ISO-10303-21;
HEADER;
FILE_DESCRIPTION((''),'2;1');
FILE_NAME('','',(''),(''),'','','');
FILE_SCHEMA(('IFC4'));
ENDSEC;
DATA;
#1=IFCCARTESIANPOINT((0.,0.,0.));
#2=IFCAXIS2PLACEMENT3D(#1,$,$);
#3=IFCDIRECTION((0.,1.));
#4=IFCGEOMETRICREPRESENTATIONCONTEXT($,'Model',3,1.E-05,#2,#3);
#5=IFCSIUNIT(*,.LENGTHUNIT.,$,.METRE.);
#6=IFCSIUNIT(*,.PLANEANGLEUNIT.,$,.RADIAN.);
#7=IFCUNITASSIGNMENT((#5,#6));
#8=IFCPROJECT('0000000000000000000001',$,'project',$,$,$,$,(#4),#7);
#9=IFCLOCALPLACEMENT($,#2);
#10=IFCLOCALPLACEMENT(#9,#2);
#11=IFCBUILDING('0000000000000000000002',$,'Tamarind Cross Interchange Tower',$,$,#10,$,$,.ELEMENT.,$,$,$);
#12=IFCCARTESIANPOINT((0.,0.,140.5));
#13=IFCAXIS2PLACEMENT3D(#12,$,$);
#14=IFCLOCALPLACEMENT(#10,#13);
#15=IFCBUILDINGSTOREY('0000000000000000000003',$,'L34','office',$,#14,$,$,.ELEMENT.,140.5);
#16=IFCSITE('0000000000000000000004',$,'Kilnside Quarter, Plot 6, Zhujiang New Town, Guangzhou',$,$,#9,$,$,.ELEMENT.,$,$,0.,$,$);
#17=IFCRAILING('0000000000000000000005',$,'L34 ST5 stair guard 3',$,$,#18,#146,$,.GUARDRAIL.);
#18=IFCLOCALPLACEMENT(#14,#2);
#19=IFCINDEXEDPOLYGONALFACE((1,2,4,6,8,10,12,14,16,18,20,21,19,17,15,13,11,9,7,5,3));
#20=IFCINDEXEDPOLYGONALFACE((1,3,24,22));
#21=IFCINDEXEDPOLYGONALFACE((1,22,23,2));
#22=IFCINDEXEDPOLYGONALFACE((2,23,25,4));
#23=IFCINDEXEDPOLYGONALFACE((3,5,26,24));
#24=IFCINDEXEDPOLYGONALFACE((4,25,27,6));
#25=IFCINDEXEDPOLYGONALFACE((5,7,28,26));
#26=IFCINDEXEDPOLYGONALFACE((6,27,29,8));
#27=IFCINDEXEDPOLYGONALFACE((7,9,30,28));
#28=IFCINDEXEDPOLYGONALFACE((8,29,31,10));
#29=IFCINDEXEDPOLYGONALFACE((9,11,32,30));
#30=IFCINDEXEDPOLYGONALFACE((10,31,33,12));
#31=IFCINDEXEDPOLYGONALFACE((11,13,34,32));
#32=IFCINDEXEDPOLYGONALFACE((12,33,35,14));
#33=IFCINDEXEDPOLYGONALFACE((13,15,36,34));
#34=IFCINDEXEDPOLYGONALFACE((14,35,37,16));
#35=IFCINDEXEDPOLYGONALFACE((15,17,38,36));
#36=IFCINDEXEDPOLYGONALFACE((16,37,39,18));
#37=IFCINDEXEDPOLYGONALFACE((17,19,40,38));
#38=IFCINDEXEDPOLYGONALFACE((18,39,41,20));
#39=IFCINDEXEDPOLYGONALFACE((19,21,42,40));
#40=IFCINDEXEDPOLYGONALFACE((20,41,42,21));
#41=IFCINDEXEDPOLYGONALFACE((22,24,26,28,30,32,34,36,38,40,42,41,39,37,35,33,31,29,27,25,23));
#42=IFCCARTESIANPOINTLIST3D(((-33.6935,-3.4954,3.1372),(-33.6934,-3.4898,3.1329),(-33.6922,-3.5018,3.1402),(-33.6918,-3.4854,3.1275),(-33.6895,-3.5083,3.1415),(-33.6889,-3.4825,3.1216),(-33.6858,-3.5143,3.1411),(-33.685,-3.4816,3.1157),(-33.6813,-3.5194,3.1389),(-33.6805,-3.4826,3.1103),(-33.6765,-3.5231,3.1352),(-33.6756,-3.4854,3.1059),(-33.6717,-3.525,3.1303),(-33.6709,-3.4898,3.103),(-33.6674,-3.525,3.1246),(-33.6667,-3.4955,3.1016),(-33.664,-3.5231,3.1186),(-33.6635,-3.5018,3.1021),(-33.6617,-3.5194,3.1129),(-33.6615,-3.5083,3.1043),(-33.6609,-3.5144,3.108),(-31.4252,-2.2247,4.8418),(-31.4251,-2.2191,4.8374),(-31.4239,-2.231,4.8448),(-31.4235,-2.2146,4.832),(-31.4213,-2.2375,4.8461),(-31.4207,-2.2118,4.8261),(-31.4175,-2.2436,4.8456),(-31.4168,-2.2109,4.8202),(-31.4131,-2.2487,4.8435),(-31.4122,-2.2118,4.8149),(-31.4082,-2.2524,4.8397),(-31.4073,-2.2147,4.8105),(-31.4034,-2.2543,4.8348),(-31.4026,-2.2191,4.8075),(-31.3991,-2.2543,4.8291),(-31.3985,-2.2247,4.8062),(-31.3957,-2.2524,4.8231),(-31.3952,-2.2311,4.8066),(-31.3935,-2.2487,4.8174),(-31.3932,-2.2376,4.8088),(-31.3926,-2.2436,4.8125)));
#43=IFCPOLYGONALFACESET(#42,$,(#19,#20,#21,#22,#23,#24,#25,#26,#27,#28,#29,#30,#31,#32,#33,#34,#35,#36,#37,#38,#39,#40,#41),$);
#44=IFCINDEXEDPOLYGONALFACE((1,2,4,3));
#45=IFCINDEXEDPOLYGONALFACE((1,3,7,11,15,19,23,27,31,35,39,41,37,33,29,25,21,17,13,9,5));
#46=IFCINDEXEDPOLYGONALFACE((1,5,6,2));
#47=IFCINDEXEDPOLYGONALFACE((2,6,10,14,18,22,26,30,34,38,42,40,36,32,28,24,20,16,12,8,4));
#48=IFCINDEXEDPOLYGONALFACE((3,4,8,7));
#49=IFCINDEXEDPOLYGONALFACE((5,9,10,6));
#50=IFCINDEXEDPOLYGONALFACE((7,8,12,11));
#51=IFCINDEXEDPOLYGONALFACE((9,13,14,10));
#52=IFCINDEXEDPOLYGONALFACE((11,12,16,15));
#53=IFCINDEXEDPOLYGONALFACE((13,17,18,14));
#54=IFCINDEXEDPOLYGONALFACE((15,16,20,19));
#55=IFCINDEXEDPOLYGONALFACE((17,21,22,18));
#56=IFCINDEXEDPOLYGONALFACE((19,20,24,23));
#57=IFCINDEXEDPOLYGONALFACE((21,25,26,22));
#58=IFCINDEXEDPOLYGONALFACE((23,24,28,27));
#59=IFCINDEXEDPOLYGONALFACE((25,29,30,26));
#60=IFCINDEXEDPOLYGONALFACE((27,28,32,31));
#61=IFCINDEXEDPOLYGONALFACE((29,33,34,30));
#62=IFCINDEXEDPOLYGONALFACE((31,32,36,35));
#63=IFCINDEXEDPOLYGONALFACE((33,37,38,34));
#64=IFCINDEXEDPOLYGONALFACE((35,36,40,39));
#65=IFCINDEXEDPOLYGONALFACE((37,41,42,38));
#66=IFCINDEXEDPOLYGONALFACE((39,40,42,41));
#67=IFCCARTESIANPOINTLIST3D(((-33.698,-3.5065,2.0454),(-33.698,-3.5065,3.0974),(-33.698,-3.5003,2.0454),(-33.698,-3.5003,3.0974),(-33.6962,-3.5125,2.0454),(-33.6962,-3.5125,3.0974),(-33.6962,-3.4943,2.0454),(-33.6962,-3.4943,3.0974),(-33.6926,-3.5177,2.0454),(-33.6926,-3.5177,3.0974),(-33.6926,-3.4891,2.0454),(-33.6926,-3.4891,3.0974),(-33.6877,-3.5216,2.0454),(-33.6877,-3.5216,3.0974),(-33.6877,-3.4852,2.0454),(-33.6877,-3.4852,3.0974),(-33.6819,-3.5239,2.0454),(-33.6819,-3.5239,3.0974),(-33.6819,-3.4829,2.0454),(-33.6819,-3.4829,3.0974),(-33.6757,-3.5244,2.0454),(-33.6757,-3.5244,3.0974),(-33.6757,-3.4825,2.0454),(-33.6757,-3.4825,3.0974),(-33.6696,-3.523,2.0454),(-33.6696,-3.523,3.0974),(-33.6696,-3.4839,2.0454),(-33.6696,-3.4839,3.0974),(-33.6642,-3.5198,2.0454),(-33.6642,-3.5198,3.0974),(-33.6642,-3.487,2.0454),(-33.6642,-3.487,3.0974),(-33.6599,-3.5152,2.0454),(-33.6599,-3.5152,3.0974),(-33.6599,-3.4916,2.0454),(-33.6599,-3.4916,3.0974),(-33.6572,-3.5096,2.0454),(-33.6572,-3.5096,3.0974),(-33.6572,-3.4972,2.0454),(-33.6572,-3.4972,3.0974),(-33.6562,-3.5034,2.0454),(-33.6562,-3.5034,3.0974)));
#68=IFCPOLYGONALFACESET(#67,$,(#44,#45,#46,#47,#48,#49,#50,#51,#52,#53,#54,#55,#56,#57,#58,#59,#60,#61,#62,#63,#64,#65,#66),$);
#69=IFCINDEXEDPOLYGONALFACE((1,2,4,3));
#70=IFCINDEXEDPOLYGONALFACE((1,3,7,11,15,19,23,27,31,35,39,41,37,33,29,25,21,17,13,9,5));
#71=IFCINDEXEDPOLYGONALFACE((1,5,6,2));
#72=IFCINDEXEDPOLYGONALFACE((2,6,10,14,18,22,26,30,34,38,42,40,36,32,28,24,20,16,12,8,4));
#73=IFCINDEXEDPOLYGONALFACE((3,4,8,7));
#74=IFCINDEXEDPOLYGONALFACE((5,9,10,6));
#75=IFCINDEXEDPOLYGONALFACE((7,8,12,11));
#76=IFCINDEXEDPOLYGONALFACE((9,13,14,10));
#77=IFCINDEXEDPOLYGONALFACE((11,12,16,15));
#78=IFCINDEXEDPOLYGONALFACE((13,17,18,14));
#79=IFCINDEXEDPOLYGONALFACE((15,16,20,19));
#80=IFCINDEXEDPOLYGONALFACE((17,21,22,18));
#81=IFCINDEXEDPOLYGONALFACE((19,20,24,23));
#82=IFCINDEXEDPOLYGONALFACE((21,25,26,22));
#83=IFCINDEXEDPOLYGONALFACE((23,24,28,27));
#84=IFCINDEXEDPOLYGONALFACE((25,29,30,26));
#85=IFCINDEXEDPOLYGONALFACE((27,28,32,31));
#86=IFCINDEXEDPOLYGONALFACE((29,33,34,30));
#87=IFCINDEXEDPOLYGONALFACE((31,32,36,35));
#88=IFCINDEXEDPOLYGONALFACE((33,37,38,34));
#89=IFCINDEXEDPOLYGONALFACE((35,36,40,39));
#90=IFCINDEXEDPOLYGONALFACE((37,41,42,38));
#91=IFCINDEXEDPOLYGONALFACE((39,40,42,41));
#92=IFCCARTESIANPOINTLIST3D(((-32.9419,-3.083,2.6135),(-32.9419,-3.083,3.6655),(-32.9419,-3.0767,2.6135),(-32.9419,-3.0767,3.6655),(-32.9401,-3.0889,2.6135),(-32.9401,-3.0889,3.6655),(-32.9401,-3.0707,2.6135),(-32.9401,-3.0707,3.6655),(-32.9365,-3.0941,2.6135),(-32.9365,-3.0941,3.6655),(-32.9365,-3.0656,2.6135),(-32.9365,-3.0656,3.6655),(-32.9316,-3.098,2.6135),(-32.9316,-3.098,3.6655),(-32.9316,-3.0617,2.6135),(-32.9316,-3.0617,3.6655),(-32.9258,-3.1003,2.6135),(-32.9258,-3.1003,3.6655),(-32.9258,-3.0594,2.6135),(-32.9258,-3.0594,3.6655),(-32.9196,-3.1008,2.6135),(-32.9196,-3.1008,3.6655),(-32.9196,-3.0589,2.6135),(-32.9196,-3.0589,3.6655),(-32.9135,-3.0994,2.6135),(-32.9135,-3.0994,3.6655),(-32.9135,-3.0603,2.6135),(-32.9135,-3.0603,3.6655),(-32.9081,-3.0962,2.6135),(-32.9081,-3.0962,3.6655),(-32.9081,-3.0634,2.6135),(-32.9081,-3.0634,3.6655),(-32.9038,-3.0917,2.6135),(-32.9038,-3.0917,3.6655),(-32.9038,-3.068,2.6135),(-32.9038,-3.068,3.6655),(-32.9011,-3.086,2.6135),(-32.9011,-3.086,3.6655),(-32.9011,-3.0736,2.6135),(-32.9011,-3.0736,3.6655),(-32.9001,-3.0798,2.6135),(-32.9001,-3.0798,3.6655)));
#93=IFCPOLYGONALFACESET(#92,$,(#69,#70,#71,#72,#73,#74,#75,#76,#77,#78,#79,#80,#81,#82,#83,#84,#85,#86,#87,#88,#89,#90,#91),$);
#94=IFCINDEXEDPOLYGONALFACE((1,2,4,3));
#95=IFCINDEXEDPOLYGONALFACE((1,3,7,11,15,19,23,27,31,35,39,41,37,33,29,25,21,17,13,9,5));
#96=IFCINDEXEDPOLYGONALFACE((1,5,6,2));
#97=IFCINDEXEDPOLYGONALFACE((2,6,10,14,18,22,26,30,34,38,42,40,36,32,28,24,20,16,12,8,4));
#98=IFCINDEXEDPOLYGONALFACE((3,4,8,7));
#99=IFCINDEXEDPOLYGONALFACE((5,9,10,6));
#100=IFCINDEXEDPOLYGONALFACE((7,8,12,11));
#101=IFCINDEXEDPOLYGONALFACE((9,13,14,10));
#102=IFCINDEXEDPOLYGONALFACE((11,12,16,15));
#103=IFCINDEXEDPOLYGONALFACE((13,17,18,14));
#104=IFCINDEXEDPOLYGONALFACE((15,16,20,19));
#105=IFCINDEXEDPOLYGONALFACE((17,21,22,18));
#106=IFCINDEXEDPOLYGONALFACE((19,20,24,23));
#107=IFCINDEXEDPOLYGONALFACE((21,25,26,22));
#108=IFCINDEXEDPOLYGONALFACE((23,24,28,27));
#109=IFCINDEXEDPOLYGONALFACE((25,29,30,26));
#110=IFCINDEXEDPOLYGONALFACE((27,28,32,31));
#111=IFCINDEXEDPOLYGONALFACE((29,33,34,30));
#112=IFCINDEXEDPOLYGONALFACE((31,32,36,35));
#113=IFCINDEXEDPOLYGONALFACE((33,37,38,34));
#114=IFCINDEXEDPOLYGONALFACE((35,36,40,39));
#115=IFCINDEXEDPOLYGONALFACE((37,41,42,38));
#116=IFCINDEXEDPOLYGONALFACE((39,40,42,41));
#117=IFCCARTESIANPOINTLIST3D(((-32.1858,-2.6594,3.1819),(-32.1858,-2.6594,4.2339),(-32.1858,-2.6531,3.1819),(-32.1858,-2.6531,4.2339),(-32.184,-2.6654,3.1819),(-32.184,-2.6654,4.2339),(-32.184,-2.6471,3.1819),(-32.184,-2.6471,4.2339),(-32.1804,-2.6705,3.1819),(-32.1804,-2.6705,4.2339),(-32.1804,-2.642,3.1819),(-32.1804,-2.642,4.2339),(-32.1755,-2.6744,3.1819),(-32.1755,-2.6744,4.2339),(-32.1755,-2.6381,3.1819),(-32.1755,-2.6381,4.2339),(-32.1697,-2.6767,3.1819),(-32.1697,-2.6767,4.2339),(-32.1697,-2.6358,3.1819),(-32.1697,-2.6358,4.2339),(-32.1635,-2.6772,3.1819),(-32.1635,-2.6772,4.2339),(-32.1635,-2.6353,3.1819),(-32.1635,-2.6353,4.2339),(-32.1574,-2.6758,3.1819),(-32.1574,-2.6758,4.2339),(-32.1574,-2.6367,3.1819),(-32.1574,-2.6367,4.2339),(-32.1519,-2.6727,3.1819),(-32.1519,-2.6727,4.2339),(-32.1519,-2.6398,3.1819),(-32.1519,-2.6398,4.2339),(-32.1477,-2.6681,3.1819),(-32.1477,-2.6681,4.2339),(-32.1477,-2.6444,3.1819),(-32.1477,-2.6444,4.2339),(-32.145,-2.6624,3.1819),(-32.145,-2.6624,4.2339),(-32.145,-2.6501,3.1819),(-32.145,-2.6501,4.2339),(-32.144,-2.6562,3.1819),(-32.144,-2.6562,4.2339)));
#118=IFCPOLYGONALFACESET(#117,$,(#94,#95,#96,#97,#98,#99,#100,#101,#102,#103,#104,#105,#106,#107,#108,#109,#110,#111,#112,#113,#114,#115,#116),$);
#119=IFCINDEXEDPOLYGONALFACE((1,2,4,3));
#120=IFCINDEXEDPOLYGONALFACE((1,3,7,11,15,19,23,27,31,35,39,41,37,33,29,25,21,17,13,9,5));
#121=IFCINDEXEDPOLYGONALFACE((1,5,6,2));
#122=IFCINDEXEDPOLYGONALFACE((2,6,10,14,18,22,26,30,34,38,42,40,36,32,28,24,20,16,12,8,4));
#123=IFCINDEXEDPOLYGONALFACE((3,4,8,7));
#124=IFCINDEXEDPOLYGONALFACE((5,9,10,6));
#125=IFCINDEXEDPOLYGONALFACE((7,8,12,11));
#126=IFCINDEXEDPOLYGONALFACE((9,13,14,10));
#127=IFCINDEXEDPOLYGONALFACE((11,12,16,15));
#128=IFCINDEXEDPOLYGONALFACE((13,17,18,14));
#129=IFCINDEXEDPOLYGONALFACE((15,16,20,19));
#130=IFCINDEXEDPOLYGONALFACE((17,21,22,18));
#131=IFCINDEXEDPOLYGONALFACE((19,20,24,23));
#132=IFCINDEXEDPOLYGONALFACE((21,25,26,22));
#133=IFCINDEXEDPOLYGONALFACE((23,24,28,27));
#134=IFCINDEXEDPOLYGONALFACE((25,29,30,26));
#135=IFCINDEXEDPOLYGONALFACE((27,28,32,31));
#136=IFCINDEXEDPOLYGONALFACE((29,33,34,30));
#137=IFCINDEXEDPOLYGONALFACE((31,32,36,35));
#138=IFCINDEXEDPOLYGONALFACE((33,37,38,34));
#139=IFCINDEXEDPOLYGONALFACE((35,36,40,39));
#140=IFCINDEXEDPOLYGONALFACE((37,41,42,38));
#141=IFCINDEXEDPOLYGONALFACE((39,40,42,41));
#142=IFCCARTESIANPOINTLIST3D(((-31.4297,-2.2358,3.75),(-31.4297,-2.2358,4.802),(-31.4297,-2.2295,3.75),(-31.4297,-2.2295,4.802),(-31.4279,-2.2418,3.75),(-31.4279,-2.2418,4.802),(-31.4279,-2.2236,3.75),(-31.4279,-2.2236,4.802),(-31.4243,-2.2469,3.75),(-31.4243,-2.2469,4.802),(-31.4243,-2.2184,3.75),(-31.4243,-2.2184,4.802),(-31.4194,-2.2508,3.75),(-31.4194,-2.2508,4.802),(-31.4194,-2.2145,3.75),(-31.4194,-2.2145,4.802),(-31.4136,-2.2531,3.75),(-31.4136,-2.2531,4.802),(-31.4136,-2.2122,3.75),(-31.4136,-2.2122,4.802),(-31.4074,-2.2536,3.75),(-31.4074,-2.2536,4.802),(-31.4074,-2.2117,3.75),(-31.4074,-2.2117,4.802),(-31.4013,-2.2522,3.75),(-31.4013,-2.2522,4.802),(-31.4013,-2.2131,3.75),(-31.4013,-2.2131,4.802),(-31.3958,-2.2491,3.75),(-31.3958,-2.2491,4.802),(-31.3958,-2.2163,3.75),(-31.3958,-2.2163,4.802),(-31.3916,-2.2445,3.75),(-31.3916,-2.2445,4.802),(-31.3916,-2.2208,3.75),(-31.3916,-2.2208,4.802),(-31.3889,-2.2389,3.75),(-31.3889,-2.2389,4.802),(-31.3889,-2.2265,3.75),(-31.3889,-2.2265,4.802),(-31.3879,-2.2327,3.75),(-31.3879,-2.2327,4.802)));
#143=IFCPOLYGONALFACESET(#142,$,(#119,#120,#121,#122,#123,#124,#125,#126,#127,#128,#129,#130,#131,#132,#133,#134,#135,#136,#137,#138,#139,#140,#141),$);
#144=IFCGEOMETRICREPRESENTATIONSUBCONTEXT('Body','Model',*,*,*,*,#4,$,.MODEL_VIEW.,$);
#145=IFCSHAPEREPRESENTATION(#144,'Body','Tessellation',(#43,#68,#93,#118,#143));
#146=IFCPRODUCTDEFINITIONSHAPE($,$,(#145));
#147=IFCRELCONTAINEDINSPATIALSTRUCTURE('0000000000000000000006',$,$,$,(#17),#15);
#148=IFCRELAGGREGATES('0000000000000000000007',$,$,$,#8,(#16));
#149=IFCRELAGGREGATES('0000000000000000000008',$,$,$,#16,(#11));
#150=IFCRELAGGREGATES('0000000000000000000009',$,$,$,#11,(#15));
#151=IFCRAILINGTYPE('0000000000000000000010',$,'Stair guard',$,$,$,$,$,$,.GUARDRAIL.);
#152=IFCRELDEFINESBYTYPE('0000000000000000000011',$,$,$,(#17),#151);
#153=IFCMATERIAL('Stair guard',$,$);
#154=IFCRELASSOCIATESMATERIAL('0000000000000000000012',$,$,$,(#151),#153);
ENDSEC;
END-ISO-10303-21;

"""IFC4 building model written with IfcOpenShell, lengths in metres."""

from ifc_helpers import new_model, si_unit, direction, frame, origin, origin_2d, place, context, subcontext, project, spatial, circle, extrude, material, type_object, element, save


model = new_model("IFC4")

# Units and contexts
model_context = context("Model", 3, precision=1e-05, world=origin(), true_north=direction((0.0, 1.0)))
body_context = subcontext(model_context, "Body", "Model", "MODEL_VIEW")
ifc_project = project(units=[si_unit("LENGTHUNIT", "METRE"), si_unit("PLANEANGLEUNIT", "RADIAN")], contexts=[model_context])

# Site, building, storey
site_placement = place(None, origin())
site = spatial("IfcSite", under=ifc_project, at=site_placement, Name="Kilnside Quarter, Plot 6, Zhujiang New Town, Guangzhou", CompositionType="ELEMENT", RefElevation=0.0)
building_placement = place(site_placement, origin())
building = spatial("IfcBuilding", under=site, at=building_placement, Name="Tamarind Cross Interchange Tower", CompositionType="ELEMENT")
storey_placement = place(building_placement, frame((0.0, 0.0, 140.5)))
storey = spatial("IfcBuildingStorey", under=building, at=storey_placement, Name="L34", Description="office", CompositionType="ELEMENT", Elevation=140.5)

# Railing
ifc_material_1 = material(Name="Stair guard")
railing_type = type_object("IfcRailingType", Name="Stair guard", PredefinedType="GUARDRAIL", material=ifc_material_1)
railing_1_placement = place(storey_placement, frame((-33.6772, -3.5034, 2.0454)))
element("IfcRailing", 1, at=railing_1_placement, inside=storey, type_object=railing_type, Name="L34 ST5 stair guard 3", PredefinedType="GUARDRAIL", context=body_context, shape_type="SweptSolid", body=[
    extrude(circle(Radius=0.0239, at=origin_2d()), frame((0.0, 0.0, 1.0762), z_axis=(0.729603, 0.408738, 0.548282), x_axis=(-0.488749, 0.872424, 0.0)), (0.0, 0.0, 1.0), 3.1089),
    extrude(circle(Radius=0.021, at=origin_2d()), origin(), (0.0, 0.0, 1.0), 1.052),
    extrude(circle(Radius=0.021, at=origin_2d()), frame((0.7561, 0.4236, 0.5681)), (0.0, 0.0, 1.0), 1.052),
    extrude(circle(Radius=0.021, at=origin_2d()), frame((1.5122, 0.8472, 1.1365)), (0.0, 0.0, 1.0), 1.052),
    extrude(circle(Radius=0.021, at=origin_2d()), frame((2.2683, 1.2708, 1.7046)), (0.0, 0.0, 1.0), 1.052),
])

save(model, "model.ifc")
